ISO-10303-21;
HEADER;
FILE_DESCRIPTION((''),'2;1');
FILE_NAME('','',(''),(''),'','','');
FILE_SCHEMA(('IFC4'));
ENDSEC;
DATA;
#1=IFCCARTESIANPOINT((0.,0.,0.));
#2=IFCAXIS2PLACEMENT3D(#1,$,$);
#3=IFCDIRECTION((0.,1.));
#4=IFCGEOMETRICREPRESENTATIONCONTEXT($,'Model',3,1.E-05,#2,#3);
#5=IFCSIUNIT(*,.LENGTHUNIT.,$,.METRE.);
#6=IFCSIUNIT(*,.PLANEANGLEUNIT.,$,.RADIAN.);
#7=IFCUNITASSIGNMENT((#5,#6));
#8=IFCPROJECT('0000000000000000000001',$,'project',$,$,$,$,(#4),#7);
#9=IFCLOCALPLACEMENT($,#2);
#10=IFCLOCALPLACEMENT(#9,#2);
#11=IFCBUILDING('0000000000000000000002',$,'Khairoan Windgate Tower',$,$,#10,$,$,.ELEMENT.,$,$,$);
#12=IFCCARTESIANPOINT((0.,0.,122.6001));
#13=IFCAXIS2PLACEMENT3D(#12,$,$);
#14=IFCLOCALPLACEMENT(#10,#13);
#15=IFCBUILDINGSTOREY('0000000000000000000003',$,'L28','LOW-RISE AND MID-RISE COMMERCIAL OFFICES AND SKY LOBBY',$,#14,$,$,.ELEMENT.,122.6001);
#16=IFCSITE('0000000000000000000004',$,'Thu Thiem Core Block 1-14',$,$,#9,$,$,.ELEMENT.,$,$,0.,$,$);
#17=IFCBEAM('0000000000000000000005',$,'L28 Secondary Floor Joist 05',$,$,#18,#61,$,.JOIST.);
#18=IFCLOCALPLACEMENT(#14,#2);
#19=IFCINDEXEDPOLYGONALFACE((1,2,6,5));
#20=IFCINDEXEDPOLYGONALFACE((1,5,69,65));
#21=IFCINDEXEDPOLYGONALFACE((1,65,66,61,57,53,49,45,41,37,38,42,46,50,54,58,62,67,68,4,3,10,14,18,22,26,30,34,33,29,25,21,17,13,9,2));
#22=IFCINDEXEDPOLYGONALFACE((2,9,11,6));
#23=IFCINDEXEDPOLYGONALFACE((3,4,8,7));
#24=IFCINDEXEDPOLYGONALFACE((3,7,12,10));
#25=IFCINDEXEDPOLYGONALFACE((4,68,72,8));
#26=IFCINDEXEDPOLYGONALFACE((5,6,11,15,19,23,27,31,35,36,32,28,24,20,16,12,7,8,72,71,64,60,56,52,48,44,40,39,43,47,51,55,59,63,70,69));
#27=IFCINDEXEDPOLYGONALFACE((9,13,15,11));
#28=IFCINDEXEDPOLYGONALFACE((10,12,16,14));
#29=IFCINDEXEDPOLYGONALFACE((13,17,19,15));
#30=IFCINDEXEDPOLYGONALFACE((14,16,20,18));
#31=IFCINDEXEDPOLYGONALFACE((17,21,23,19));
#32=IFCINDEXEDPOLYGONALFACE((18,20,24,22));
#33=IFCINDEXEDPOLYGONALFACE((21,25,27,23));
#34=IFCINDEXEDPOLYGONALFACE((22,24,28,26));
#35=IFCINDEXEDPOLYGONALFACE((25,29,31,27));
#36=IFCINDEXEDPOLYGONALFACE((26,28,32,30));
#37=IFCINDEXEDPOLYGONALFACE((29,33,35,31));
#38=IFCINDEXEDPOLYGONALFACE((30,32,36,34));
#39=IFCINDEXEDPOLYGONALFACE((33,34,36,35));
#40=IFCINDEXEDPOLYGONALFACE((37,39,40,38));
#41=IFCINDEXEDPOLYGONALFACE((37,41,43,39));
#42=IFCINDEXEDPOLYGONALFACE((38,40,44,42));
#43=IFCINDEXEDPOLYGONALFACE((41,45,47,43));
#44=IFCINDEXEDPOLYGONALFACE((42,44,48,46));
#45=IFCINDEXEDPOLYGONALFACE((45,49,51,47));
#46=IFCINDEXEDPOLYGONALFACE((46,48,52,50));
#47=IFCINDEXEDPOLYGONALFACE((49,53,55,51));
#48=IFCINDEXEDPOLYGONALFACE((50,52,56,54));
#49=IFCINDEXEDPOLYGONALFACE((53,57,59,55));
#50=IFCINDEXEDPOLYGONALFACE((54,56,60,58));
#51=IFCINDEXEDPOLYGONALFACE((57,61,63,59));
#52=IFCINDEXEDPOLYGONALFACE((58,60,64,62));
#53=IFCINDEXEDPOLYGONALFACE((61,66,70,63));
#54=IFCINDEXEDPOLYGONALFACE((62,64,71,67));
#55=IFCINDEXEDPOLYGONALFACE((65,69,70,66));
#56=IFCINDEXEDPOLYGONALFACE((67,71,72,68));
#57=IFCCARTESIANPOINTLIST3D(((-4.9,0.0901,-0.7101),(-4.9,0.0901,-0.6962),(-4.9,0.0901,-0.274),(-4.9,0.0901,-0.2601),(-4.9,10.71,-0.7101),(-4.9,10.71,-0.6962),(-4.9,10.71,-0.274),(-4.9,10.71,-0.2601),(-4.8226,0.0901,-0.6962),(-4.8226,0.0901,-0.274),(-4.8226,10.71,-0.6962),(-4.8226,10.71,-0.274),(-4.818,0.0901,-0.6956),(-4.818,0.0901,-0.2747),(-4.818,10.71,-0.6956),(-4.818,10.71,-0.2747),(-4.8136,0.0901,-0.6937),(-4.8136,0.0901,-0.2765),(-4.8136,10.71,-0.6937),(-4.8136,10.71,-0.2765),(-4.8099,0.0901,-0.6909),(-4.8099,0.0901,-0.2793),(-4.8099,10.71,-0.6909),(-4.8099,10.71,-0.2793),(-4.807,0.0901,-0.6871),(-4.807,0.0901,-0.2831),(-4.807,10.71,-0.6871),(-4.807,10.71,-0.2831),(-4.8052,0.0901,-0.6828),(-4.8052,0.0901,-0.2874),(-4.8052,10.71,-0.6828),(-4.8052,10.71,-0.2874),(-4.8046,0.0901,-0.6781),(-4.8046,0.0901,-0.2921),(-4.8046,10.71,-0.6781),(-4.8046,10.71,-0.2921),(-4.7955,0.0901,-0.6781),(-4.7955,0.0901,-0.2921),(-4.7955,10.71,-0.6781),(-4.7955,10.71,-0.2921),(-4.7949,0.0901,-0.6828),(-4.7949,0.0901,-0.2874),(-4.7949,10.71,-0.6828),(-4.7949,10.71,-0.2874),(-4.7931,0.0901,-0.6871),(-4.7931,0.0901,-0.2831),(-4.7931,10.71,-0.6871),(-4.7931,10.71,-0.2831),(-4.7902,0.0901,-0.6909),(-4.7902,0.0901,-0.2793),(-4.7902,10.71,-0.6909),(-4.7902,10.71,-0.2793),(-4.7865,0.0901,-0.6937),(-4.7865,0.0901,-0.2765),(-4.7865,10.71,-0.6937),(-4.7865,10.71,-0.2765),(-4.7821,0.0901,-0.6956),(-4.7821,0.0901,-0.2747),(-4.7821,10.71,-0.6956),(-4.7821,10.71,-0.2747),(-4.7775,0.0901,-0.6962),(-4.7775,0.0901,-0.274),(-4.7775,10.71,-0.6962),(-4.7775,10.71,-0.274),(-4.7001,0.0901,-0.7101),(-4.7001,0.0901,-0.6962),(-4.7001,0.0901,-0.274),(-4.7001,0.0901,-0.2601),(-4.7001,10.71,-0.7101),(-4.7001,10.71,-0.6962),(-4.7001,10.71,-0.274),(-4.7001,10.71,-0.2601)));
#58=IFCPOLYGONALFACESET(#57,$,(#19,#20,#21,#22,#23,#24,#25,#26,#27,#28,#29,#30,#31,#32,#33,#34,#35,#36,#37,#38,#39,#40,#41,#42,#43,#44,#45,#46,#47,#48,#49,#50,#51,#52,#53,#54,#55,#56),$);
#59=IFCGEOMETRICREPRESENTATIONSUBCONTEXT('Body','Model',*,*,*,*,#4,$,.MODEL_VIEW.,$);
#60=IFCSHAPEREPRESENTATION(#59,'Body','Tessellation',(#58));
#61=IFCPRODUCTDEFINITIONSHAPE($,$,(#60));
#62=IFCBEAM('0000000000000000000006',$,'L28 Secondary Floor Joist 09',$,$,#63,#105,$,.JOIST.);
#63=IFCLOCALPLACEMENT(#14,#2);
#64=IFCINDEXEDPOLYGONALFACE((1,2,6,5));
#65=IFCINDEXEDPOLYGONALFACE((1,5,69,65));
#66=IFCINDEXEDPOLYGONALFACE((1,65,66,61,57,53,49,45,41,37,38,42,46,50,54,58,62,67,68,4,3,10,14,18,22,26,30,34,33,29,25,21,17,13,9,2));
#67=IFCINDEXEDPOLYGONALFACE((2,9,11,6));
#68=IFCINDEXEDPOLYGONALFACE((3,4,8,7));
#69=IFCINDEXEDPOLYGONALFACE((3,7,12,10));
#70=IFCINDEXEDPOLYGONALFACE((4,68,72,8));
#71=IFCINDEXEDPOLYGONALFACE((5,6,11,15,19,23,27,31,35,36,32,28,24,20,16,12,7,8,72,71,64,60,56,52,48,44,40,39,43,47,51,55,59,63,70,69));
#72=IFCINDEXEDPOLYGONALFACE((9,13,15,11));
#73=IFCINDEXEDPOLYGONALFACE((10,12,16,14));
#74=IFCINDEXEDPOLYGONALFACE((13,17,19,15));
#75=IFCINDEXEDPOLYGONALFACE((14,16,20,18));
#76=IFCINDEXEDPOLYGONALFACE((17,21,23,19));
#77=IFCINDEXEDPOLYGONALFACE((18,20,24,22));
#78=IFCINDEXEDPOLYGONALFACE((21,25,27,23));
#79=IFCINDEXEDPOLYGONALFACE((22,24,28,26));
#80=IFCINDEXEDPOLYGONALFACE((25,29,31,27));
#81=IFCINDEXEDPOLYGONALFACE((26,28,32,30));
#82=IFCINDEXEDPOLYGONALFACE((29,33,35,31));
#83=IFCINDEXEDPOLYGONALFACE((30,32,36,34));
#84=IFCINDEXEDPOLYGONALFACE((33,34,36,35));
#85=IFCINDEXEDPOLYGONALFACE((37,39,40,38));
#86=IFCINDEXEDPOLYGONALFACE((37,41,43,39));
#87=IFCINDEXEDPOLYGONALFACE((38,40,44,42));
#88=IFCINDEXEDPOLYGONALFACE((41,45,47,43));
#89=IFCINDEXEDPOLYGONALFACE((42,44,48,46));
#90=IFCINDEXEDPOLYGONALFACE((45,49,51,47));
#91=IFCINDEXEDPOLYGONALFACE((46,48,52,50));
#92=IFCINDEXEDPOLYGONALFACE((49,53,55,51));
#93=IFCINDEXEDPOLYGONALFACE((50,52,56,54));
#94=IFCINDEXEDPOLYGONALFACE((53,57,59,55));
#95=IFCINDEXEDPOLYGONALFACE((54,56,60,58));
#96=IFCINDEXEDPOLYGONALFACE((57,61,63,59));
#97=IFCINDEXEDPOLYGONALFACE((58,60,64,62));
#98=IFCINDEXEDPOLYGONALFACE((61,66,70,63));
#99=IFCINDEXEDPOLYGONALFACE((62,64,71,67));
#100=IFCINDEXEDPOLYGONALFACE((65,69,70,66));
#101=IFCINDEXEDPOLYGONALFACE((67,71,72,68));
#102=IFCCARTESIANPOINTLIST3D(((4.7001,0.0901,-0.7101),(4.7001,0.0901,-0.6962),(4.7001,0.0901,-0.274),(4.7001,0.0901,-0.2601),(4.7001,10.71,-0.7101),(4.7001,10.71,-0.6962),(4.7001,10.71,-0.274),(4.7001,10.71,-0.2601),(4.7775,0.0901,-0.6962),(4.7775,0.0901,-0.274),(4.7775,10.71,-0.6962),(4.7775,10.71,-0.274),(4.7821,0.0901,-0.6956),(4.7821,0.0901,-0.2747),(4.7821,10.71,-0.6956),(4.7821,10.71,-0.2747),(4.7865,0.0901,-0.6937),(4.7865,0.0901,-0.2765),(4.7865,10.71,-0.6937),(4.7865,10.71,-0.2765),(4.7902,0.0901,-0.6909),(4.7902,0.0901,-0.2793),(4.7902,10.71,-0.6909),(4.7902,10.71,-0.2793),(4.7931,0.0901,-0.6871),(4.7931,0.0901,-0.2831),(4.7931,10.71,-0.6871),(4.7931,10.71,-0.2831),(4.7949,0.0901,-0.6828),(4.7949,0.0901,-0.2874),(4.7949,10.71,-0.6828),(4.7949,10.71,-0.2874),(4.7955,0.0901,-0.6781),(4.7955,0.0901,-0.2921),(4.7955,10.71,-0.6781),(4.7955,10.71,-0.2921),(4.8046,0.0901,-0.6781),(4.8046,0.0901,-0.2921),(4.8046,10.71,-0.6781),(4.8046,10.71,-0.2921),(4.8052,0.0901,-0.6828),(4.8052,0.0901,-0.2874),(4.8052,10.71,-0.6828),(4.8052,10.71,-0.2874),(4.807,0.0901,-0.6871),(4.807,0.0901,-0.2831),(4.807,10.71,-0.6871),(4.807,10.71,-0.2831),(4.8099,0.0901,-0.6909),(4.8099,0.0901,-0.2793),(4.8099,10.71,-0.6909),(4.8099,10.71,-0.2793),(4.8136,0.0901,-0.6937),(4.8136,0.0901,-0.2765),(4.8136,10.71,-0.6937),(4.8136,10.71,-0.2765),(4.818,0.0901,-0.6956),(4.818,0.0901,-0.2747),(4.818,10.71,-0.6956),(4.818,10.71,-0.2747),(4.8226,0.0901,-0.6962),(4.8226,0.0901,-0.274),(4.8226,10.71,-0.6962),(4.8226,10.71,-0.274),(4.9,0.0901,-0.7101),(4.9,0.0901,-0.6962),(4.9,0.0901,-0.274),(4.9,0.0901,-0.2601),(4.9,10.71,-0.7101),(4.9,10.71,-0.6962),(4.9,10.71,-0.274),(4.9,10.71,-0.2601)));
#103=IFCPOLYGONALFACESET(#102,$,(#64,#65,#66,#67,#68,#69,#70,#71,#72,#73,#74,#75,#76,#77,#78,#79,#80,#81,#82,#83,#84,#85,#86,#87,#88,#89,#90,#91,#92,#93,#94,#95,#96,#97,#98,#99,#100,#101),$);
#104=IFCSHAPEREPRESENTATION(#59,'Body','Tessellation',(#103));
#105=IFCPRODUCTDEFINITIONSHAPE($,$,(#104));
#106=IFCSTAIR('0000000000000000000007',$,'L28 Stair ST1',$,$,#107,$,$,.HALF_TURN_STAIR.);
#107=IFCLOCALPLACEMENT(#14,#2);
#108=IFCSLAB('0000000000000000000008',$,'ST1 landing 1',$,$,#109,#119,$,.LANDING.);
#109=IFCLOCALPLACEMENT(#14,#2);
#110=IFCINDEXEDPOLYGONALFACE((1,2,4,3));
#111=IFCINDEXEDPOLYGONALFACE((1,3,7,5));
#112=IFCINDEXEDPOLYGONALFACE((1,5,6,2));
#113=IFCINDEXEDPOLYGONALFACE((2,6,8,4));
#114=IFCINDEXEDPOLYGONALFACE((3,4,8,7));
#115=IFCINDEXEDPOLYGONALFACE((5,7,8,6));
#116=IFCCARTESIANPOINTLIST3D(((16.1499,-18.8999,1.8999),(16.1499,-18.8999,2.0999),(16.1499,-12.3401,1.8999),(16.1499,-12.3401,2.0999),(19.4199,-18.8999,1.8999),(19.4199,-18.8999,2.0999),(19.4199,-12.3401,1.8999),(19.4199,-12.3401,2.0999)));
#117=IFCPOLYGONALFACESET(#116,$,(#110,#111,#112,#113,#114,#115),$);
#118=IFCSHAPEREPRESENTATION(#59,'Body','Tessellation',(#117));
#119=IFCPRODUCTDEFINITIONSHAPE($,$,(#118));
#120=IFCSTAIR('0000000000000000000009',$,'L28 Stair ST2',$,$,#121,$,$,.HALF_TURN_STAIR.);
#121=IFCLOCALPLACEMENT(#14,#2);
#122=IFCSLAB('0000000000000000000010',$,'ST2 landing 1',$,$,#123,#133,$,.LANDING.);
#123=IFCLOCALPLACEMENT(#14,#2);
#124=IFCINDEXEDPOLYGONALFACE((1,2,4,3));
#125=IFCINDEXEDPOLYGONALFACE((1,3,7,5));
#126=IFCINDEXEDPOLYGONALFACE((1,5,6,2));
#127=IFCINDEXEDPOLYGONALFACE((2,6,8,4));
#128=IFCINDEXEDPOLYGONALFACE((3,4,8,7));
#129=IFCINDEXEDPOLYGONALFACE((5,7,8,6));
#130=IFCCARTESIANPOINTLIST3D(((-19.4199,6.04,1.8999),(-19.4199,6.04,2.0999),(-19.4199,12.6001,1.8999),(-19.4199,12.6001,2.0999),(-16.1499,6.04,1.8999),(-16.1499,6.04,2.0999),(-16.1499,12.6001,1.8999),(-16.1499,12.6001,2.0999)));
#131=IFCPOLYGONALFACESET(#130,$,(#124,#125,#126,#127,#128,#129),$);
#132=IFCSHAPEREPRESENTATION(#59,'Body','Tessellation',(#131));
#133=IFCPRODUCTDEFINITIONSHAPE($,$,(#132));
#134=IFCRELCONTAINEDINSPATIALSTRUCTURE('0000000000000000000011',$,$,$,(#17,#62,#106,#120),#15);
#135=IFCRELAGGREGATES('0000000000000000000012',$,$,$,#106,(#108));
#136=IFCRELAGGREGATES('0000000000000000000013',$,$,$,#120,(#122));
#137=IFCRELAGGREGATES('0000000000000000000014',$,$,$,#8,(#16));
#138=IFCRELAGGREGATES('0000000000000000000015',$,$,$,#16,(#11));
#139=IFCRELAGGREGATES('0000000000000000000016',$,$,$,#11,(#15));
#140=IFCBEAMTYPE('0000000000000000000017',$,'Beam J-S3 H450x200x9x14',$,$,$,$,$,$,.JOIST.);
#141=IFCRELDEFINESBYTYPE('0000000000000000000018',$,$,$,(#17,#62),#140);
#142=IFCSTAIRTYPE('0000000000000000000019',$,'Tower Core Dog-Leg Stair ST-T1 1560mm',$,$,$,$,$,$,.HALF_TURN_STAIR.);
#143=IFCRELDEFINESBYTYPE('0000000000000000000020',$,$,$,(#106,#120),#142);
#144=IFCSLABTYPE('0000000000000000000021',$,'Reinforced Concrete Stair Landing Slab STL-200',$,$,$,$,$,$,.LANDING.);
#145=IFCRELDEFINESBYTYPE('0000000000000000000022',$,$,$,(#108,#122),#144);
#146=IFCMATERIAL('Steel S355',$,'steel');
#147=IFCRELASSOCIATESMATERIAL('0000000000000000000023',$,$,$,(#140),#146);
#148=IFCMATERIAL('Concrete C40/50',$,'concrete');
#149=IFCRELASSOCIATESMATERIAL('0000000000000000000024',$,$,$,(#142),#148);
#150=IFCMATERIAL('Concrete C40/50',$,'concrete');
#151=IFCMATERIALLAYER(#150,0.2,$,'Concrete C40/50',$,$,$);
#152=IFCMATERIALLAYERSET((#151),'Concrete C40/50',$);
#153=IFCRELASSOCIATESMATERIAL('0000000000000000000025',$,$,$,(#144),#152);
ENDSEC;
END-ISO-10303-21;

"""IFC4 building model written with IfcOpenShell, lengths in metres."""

from ifc_helpers import new_model, si_unit, direction, frame, origin, origin_2d, place, context, subcontext, project, spatial, polyline, i_section, outline, extrude, material, layer, layer_set, material_profile, profile_set, type_object, element, aggregate, save


model = new_model("IFC4")

# Units and contexts
model_context = context("Model", 3, precision=1e-05, world=origin(), true_north=direction((0.0, 1.0)))
body_context = subcontext(model_context, "Body", "Model", "MODEL_VIEW")
ifc_project = project(units=[si_unit("LENGTHUNIT", "METRE"), si_unit("PLANEANGLEUNIT", "RADIAN")], contexts=[model_context])

# Site, building, storey
site_placement = place(None, origin())
site = spatial("IfcSite", under=ifc_project, at=site_placement, Name="Thu Thiem Core Block 1-14", CompositionType="ELEMENT", RefElevation=0.0)
building_placement = place(site_placement, origin())
building = spatial("IfcBuilding", under=site, at=building_placement, Name="Khairoan Windgate Tower", CompositionType="ELEMENT")
storey_placement = place(building_placement, frame((0.0, 0.0, 122.6001)))
storey = spatial("IfcBuildingStorey", under=building, at=storey_placement, Name="L28", Description="LOW-RISE AND MID-RISE COMMERCIAL OFFICES AND SKY LOBBY", CompositionType="ELEMENT", Elevation=122.6001)

# Beams
ifc_material_1 = material(Name="Steel S355", Category="steel")
ifc_material_profile_1 = material_profile(ifc_material_1, i_section(OverallWidth=0.2, OverallDepth=0.45, WebThickness=0.009, FlangeThickness=0.0139, FilletRadius=0.0181, at=origin_2d()))
ifc_profile_set_1 = profile_set([ifc_material_profile_1], Name="Steel S355")
beam_type_1 = type_object("IfcBeamType", Name="Beam J-S3 H450x200x9x14", PredefinedType="JOIST", material=ifc_profile_set_1)
for number, where, z_axis, x_axis, name in (
    (1, (-4.8, 0.0901, -0.4851), (0.0, 1.0, 0.0), (-1.0, 0.0, 0.0), "L28 Secondary Floor Joist 05"),
    (2, (4.8, 0.0901, -0.4851), (0.0, 1.0, 0.0), (-1.0, 0.0, 0.0), "L28 Secondary Floor Joist 09"),
):
    element("IfcBeam", number, at=place(storey_placement, frame(where, z_axis=z_axis, x_axis=x_axis)), inside=storey, type_object=beam_type_1, Name=name, PredefinedType="JOIST", context=body_context, shape_type="SweptSolid", body=[
        extrude(i_section(OverallWidth=0.2, OverallDepth=0.45, WebThickness=0.009, FlangeThickness=0.0139, FilletRadius=0.0181, at=origin_2d()), origin(), (0.0, 0.0, 1.0), 10.6199),
    ])

# Stairs, slabs
ifc_material_2 = material(Name="Concrete C40/50", Category="concrete")
stair_type = type_object("IfcStairType", Name="Tower Core Dog-Leg Stair ST-T1 1560mm", PredefinedType="HALF_TURN_STAIR", material=ifc_material_2)
stair_1_placement = place(storey_placement, origin())
stair_1 = element("IfcStair", 3, at=stair_1_placement, inside=storey, type_object=stair_type, Name="L28 Stair ST1", PredefinedType="HALF_TURN_STAIR")
ifc_material_3 = material(Name="Concrete C40/50", Category="concrete")
ifc_layer_1 = layer(ifc_material_3, 0.2, Name="Concrete C40/50")
ifc_layer_set_1 = layer_set([ifc_layer_1], Name="Concrete C40/50")
slab_type_1 = type_object("IfcSlabType", Name="Reinforced Concrete Stair Landing Slab STL-200", PredefinedType="LANDING", material=ifc_layer_set_1)
slab_1_placement = place(storey_placement, frame((0.0, 0.0, 1.8999)))
slab_1 = element("IfcSlab", 4, at=slab_1_placement, type_object=slab_type_1, Name="ST1 landing 1", PredefinedType="LANDING", context=body_context, shape_type="SweptSolid", body=[
    extrude(outline(polyline([(16.1499, -12.3401), (16.1499, -18.8999), (19.4199, -18.8999), (19.4199, -12.3401), (16.1499, -12.3401)])), origin(), (0.0, 0.0, 1.0), 0.2),
])
aggregate(stair_1, [slab_1])
stair_2_placement = place(storey_placement, origin())
stair_2 = element("IfcStair", 5, at=stair_2_placement, inside=storey, type_object=stair_type, Name="L28 Stair ST2", PredefinedType="HALF_TURN_STAIR")
slab_2_placement = place(storey_placement, frame((0.0, 0.0, 1.8999)))
slab_2 = element("IfcSlab", 6, at=slab_2_placement, type_object=slab_type_1, Name="ST2 landing 1", PredefinedType="LANDING", context=body_context, shape_type="SweptSolid", body=[
    extrude(outline(polyline([(-16.1499, 6.04), (-16.1499, 12.6001), (-19.4199, 12.6001), (-19.4199, 6.04), (-16.1499, 6.04)])), origin(), (0.0, 0.0, 1.0), 0.2),
])
aggregate(stair_2, [slab_2])

save(model, "model.ifc")
